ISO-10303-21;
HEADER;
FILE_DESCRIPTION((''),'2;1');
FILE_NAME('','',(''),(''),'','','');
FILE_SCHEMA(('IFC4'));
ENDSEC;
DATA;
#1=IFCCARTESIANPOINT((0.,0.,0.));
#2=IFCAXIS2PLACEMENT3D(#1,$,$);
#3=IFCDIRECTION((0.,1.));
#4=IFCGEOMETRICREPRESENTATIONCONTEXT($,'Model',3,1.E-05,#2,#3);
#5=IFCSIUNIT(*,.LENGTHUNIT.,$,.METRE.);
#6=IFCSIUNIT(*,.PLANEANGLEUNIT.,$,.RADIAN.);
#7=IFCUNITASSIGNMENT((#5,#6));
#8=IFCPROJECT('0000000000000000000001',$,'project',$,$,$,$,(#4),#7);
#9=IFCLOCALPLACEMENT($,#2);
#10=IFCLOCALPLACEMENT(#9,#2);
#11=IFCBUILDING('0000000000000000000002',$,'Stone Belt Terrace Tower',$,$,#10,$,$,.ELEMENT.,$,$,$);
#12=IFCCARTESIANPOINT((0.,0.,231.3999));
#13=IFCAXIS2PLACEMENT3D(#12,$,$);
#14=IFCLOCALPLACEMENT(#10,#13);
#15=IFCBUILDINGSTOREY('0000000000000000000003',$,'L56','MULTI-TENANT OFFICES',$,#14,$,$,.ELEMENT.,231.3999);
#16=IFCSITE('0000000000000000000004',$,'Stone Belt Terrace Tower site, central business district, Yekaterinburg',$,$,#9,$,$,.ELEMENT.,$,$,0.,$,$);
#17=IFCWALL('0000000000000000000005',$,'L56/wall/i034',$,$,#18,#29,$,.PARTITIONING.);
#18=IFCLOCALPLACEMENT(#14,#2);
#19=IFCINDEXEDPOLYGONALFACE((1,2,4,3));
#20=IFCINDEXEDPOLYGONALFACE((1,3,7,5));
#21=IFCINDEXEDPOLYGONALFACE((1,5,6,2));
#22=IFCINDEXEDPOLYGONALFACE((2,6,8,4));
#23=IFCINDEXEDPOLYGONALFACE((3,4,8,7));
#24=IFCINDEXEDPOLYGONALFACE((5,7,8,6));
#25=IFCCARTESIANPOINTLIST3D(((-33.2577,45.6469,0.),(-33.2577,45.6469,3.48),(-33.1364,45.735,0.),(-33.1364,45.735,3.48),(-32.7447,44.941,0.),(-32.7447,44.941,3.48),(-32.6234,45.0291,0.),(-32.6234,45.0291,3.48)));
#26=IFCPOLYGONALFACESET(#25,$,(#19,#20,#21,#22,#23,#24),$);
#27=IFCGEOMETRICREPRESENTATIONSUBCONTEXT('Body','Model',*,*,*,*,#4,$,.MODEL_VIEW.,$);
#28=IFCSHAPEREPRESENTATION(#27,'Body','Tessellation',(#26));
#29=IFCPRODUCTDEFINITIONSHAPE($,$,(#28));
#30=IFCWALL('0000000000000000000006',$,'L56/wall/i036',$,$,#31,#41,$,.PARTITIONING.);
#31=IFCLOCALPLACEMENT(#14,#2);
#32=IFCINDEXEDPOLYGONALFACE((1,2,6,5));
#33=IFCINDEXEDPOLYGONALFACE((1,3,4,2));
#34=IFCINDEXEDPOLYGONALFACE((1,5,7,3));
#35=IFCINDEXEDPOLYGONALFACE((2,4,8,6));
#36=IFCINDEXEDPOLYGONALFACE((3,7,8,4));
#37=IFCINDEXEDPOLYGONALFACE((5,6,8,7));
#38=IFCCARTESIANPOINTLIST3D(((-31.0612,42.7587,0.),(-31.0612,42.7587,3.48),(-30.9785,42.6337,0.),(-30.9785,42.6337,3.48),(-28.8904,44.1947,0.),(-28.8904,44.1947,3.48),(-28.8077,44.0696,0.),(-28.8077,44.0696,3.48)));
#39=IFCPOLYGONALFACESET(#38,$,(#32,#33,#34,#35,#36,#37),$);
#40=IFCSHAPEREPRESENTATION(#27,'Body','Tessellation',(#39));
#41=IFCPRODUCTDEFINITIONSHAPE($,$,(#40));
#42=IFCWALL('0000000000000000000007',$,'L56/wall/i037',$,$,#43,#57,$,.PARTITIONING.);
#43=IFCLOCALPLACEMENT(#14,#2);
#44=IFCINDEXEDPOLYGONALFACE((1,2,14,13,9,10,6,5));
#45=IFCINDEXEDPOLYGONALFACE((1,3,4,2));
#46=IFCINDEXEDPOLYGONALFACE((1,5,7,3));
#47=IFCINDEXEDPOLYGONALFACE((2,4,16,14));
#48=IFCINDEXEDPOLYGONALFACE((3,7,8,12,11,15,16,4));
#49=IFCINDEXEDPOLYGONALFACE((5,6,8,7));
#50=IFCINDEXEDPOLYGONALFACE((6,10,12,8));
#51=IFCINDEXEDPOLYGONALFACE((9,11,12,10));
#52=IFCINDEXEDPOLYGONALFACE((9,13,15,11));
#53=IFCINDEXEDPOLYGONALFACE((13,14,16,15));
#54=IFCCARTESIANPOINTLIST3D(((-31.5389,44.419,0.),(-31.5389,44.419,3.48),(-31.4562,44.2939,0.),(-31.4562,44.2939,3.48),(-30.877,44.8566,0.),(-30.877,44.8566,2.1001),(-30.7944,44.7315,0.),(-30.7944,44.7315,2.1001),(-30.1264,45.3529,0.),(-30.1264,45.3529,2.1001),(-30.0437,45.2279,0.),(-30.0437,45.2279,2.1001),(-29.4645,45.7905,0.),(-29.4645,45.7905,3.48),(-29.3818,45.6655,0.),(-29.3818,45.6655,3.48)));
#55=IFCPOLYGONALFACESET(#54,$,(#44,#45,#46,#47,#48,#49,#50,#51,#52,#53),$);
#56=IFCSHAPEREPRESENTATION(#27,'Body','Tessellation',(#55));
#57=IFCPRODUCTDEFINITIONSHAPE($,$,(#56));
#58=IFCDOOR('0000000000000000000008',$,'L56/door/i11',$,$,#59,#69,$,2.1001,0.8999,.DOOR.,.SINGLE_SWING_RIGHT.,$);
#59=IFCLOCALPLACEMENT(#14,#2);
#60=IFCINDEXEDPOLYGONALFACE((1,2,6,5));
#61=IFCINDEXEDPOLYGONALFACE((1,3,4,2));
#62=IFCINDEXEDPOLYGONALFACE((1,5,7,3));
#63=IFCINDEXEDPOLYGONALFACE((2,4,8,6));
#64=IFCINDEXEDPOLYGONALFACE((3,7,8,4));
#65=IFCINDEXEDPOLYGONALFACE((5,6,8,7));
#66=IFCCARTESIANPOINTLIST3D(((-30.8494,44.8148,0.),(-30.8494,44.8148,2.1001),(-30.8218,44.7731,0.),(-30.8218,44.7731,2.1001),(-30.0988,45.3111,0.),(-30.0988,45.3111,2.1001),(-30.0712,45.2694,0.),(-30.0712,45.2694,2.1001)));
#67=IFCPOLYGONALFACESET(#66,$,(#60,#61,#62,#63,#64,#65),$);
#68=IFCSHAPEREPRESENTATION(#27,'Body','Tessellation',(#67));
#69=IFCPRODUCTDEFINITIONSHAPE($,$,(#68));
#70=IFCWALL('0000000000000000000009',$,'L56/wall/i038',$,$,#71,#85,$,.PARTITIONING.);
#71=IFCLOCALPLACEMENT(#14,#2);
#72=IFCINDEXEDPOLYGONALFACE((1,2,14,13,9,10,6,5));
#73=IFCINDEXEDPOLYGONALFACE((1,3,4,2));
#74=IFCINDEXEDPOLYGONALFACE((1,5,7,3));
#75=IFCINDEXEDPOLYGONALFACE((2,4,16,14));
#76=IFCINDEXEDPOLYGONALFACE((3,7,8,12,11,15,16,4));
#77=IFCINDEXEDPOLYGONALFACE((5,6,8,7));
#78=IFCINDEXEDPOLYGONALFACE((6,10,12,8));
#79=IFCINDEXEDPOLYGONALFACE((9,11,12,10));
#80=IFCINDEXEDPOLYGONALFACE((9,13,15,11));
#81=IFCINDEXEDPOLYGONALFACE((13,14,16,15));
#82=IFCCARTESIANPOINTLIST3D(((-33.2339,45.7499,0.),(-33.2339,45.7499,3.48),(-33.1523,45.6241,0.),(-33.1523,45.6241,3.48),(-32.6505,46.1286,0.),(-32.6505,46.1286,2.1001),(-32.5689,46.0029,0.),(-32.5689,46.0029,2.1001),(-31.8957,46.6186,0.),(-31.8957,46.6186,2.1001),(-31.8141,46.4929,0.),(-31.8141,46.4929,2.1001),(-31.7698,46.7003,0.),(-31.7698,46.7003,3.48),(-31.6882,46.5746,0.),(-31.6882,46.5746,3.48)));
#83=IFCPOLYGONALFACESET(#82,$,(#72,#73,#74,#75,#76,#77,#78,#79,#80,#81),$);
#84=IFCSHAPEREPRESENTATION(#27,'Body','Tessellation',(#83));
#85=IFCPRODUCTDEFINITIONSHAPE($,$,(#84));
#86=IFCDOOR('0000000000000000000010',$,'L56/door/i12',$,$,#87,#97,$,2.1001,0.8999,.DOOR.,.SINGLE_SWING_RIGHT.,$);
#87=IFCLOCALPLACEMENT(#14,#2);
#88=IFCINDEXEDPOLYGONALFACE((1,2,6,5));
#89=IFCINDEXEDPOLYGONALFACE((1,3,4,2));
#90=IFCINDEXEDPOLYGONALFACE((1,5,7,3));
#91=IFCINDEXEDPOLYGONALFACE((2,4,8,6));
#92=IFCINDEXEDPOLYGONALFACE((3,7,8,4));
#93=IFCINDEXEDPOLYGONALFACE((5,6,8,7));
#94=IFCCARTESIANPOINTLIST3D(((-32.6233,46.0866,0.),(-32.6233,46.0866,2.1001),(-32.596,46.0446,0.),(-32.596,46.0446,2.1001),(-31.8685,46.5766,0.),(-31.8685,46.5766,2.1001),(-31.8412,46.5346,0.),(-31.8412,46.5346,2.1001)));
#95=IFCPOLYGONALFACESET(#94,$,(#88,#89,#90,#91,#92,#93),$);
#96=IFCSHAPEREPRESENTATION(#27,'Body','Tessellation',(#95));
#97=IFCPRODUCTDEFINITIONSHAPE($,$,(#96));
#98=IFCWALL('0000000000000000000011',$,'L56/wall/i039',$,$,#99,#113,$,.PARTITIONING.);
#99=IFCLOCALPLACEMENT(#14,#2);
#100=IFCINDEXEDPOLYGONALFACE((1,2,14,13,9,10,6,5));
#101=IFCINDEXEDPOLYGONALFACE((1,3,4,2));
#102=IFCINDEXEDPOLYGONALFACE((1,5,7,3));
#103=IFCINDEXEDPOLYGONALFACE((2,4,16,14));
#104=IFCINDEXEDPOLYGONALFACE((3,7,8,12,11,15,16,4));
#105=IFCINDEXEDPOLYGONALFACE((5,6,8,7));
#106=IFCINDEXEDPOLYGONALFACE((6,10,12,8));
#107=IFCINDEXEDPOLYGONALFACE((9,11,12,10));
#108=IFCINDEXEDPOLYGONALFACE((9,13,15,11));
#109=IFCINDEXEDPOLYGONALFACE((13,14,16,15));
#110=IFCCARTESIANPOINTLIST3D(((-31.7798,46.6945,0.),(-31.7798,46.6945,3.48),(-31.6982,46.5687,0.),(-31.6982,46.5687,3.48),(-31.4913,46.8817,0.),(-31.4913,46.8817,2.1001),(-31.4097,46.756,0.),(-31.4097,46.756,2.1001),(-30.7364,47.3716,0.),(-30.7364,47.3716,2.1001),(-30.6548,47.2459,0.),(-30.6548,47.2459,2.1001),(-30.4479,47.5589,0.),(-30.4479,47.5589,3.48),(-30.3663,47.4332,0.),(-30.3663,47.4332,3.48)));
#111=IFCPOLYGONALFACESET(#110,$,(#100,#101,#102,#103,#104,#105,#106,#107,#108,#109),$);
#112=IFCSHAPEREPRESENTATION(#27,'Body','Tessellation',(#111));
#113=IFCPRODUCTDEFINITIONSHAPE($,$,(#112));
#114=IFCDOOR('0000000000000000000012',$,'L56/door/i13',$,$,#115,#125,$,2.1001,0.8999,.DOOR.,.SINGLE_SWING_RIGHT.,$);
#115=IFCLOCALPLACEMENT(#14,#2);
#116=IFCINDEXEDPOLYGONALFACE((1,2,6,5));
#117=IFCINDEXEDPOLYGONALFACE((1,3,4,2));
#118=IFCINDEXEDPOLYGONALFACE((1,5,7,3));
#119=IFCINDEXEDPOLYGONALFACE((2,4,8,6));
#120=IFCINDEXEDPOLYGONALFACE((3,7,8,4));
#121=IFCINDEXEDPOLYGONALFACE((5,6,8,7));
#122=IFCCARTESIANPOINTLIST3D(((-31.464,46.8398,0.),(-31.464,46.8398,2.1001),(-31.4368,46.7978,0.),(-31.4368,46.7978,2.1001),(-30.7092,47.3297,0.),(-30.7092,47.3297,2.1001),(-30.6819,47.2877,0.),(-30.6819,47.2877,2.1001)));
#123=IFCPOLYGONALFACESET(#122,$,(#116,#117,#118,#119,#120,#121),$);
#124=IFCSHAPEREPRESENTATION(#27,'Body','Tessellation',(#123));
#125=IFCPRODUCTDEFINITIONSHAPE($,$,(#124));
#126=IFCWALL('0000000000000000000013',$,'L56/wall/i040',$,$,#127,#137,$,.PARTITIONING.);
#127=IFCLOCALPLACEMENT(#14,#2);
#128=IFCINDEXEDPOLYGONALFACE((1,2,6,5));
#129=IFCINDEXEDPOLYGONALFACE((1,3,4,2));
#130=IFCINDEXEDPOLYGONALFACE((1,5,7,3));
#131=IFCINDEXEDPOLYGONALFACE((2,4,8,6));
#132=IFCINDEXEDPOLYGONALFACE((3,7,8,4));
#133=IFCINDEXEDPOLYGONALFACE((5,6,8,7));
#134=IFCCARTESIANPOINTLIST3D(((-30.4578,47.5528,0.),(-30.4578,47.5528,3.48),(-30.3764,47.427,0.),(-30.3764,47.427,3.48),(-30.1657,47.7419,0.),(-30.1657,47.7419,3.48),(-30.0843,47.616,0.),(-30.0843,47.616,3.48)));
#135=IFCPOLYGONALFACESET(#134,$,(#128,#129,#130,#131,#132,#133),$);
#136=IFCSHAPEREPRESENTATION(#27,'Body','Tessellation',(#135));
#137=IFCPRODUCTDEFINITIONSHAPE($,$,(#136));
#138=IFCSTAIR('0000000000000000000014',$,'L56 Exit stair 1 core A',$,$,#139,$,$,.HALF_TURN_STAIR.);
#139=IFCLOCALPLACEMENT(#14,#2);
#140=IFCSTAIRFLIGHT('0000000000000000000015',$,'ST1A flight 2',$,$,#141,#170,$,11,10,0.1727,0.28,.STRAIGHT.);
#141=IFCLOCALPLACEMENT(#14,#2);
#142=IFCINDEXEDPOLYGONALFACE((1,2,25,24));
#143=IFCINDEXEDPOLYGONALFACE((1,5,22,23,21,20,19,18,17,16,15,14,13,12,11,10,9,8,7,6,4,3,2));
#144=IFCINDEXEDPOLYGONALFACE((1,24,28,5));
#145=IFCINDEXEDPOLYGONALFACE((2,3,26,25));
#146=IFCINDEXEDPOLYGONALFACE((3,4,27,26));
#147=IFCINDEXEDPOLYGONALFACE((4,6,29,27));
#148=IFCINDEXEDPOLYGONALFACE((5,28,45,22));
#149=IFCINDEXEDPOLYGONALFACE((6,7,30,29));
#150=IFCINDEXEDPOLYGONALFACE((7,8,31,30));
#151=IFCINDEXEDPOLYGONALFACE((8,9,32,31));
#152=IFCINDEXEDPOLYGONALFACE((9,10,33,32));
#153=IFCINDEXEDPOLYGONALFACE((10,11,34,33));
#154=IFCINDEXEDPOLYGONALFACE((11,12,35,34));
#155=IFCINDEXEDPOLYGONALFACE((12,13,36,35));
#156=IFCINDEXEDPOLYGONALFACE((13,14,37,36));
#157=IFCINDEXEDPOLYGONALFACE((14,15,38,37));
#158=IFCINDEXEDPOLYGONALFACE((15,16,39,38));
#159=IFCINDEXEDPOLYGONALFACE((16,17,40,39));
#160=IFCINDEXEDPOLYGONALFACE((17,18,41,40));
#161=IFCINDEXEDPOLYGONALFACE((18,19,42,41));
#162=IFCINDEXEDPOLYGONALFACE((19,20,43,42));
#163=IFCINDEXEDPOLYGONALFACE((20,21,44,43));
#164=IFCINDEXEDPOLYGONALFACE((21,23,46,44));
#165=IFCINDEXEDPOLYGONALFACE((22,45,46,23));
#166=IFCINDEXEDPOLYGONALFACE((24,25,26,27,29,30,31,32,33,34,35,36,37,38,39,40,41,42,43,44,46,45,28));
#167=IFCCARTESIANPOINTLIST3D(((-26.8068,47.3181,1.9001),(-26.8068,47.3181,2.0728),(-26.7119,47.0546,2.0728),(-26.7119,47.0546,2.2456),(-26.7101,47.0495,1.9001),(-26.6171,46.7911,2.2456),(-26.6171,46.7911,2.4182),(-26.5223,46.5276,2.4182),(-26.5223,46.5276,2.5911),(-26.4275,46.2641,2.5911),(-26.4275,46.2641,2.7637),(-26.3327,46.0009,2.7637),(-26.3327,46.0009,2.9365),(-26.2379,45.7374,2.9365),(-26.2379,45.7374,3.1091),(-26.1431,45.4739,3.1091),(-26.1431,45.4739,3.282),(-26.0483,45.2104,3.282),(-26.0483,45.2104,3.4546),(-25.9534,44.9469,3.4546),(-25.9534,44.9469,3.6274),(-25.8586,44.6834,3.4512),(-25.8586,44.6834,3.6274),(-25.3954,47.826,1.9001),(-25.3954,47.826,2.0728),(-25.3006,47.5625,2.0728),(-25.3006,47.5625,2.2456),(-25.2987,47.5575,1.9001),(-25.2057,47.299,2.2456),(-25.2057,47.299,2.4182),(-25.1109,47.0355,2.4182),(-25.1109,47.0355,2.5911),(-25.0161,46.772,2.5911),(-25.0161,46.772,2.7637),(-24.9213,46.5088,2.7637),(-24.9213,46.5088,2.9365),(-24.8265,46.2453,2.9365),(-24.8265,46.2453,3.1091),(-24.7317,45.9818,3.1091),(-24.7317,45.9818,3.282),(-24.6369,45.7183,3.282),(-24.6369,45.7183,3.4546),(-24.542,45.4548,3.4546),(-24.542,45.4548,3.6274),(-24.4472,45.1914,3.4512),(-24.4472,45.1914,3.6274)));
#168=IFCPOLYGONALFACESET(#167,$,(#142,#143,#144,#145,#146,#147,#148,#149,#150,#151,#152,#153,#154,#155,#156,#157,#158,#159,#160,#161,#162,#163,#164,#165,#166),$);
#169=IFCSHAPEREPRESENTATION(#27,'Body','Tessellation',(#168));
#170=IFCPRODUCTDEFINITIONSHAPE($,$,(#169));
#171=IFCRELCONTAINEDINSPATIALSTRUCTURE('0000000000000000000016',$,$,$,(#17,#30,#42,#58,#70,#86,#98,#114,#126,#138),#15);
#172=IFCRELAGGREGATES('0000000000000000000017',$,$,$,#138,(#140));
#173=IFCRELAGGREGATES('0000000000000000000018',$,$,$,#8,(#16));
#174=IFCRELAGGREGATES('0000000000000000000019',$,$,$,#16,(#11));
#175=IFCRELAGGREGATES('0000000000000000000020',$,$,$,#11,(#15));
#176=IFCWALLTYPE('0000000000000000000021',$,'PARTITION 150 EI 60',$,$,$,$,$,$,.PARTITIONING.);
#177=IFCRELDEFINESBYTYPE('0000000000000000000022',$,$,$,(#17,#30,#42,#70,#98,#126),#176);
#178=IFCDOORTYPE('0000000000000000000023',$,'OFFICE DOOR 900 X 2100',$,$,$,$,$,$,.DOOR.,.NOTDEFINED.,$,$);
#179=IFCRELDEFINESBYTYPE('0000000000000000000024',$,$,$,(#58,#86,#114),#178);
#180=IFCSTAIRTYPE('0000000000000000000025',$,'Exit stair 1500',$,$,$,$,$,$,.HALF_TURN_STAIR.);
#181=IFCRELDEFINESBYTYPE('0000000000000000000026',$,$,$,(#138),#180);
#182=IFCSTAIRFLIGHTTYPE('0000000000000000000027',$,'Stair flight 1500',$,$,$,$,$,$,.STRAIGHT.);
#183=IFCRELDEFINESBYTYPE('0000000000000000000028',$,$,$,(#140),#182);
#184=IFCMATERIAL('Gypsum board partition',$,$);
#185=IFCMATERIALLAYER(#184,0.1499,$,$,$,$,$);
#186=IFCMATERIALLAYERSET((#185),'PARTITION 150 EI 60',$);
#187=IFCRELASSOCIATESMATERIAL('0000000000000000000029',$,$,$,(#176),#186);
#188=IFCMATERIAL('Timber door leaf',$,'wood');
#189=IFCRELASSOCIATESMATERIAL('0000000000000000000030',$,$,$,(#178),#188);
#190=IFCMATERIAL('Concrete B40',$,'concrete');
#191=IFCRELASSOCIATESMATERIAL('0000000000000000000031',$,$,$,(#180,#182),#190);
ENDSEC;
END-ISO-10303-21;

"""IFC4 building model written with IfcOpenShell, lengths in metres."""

from ifc_helpers import new_model, si_unit, direction, frame, frame_2d, origin, place, context, subcontext, project, spatial, polyline, rectangle, outline, extrude, material, layer, layer_set, type_object, element, fill, aggregate, save


model = new_model("IFC4")

# Units and contexts
model_context = context("Model", 3, precision=1e-05, world=origin(), true_north=direction((0.0, 1.0)))
body_context = subcontext(model_context, "Body", "Model", "MODEL_VIEW")
ifc_project = project(units=[si_unit("LENGTHUNIT", "METRE"), si_unit("PLANEANGLEUNIT", "RADIAN")], contexts=[model_context])

# Site, building, storey
site_placement = place(None, origin())
site = spatial("IfcSite", under=ifc_project, at=site_placement, Name="Stone Belt Terrace Tower site, central business district, Yekaterinburg", CompositionType="ELEMENT", RefElevation=0.0)
building_placement = place(site_placement, origin())
building = spatial("IfcBuilding", under=site, at=building_placement, Name="Stone Belt Terrace Tower", CompositionType="ELEMENT")
storey_placement = place(building_placement, frame((0.0, 0.0, 231.3999)))
storey = spatial("IfcBuildingStorey", under=building, at=storey_placement, Name="L56", Description="MULTI-TENANT OFFICES", CompositionType="ELEMENT", Elevation=231.3999)

# Shared definitions
ifc_material_1 = material(Name="Timber door leaf", Category="wood")

# Shared definitions
ifc_material_2 = material(Name="Gypsum board partition")
ifc_layer_1 = layer(ifc_material_2, 0.1499)
ifc_layer_set_1 = layer_set([ifc_layer_1], Name="PARTITION 150 EI 60")
wall_type_1 = type_object("IfcWallType", Name="PARTITION 150 EI 60", PredefinedType="PARTITIONING", material=ifc_layer_set_1)

# Shared definitions
door_type_1 = type_object("IfcDoorType", Name="OFFICE DOOR 900 X 2100", OperationType="NOTDEFINED", PredefinedType="DOOR", material=ifc_material_1)

# Walls
wall_1_placement = place(storey_placement, frame((-33.197, 45.6909, 0.0), z_axis=(0.0, 0.0, 1.0), x_axis=(0.587889, -0.808942, 0.0)))
element("IfcWall", 1, at=wall_1_placement, inside=storey, type_object=wall_type_1, Name="L56/wall/i034", PredefinedType="PARTITIONING", context=body_context, shape_type="SweptSolid", body=[
    extrude(rectangle(XDim=0.8726, YDim=0.1499, at=frame_2d((0.4363, 0.0))), origin(), (0.0, 0.0, 1.0), 3.48),
])
wall_2_placement = place(storey_placement, frame((-28.8491, 44.1321, 0.0), z_axis=(0.0, 0.0, 1.0), x_axis=(-0.834036, -0.55171, 0.0)))
element("IfcWall", 2, at=wall_2_placement, inside=storey, type_object=wall_type_1, Name="L56/wall/i036", PredefinedType="PARTITIONING", context=body_context, shape_type="SweptSolid", body=[
    extrude(rectangle(XDim=2.6028, YDim=0.1499, at=frame_2d((1.3013, 0.0))), origin(), (0.0, 0.0, 1.0), 3.48),
])

# Walls, openings, doors
wall_3_placement = place(storey_placement, frame((-31.4976, 44.3564, 0.0), z_axis=(0.0, 0.0, 1.0), x_axis=(0.834159, 0.551524, 0.0)))
wall_3 = element("IfcWall", 3, at=wall_3_placement, inside=storey, type_object=wall_type_1, Name="L56/wall/i037", PredefinedType="PARTITIONING", context=body_context, shape_type="SweptSolid", body=[
    extrude(rectangle(XDim=2.4868, YDim=0.1499, at=frame_2d((1.2434, 0.0))), origin(), (0.0, 0.0, 1.0), 3.48),
])
opening_1_placement = place(wall_3_placement, frame((0.7935, 0.0, 0.0)))
opening_1 = element("IfcOpeningElement", 4, at=opening_1_placement, cuts=wall_3, PredefinedType="OPENING", context=body_context, shape_type="SweptSolid", body=[
    extrude(rectangle(XDim=0.8999, YDim=2.1001, at=frame_2d((0.45, 1.05))), frame((0.0, 0.085, 0.0), z_axis=(0.0, -1.0, 0.0), x_axis=(1.0, 0.0, 0.0)), (0.0, 0.0, 1.0), 0.1699),
])
door_1_placement = place(opening_1_placement, origin())
door_1 = element("IfcDoor", 5, at=door_1_placement, inside=storey, type_object=door_type_1, Name="L56/door/i11", OperationType="SINGLE_SWING_RIGHT", OverallHeight=2.1001, OverallWidth=0.8999, PredefinedType="DOOR", context=body_context, shape_type="SweptSolid", body=[
    extrude(rectangle(XDim=0.8999, YDim=2.1001, at=frame_2d((0.45, 1.05))), frame((0.0, 0.0249, 0.0), z_axis=(0.0, -1.0, 0.0), x_axis=(1.0, 0.0, 0.0)), (0.0, 0.0, 1.0), 0.05),
])
fill(opening_1, door_1)
wall_4_placement = place(storey_placement, frame((-33.1931, 45.687, 0.0), z_axis=(0.0, 0.0, 1.0), x_axis=(0.838766, 0.544492, 0.0)))
wall_4 = element("IfcWall", 6, at=wall_4_placement, inside=storey, type_object=wall_type_1, Name="L56/wall/i038", PredefinedType="PARTITIONING", context=body_context, shape_type="SweptSolid", body=[
    extrude(rectangle(XDim=1.7456, YDim=0.1499, at=frame_2d((0.8728, 0.0))), origin(), (0.0, 0.0, 1.0), 3.48),
])
opening_2_placement = place(wall_4_placement, frame((0.6956, 0.0, 0.0)))
opening_2 = element("IfcOpeningElement", 7, at=opening_2_placement, cuts=wall_4, PredefinedType="OPENING", context=body_context, shape_type="SweptSolid", body=[
    extrude(rectangle(XDim=0.8999, YDim=2.1001, at=frame_2d((0.45, 1.05))), frame((0.0, 0.085, 0.0), z_axis=(0.0, -1.0, 0.0), x_axis=(1.0, 0.0, 0.0)), (0.0, 0.0, 1.0), 0.1699),
])
door_2_placement = place(opening_2_placement, origin())
door_2 = element("IfcDoor", 8, at=door_2_placement, inside=storey, type_object=door_type_1, Name="L56/door/i12", OperationType="SINGLE_SWING_RIGHT", OverallHeight=2.1001, OverallWidth=0.8999, PredefinedType="DOOR", context=body_context, shape_type="SweptSolid", body=[
    extrude(rectangle(XDim=0.8999, YDim=2.1001, at=frame_2d((0.45, 1.05))), frame((0.0, 0.0249, 0.0), z_axis=(0.0, -1.0, 0.0), x_axis=(1.0, 0.0, 0.0)), (0.0, 0.0, 1.0), 0.05),
])
fill(opening_2, door_2)
wall_5_placement = place(storey_placement, frame((-31.739, 46.6316, 0.0), z_axis=(0.0, 0.0, 1.0), x_axis=(0.838823, 0.544405, 0.0)))
wall_5 = element("IfcWall", 9, at=wall_5_placement, inside=storey, type_object=wall_type_1, Name="L56/wall/i039", PredefinedType="PARTITIONING", context=body_context, shape_type="SweptSolid", body=[
    extrude(rectangle(XDim=1.5879, YDim=0.1499, at=frame_2d((0.7939, 0.0))), origin(), (0.0, 0.0, 1.0), 3.48),
])
opening_3_placement = place(wall_5_placement, frame((0.344, 0.0, 0.0)))
opening_3 = element("IfcOpeningElement", 10, at=opening_3_placement, cuts=wall_5, PredefinedType="OPENING", context=body_context, shape_type="SweptSolid", body=[
    extrude(rectangle(XDim=0.8999, YDim=2.1001, at=frame_2d((0.45, 1.05))), frame((0.0, 0.085, 0.0), z_axis=(0.0, -1.0, 0.0), x_axis=(1.0, 0.0, 0.0)), (0.0, 0.0, 1.0), 0.1699),
])
door_3_placement = place(opening_3_placement, origin())
door_3 = element("IfcDoor", 11, at=door_3_placement, inside=storey, type_object=door_type_1, Name="L56/door/i13", OperationType="SINGLE_SWING_RIGHT", OverallHeight=2.1001, OverallWidth=0.8999, PredefinedType="DOOR", context=body_context, shape_type="SweptSolid", body=[
    extrude(rectangle(XDim=0.8999, YDim=2.1001, at=frame_2d((0.45, 1.05))), frame((0.0, 0.0249, 0.0), z_axis=(0.0, -1.0, 0.0), x_axis=(1.0, 0.0, 0.0)), (0.0, 0.0, 1.0), 0.05),
])
fill(opening_3, door_3)

# Wall
wall_6_placement = place(storey_placement, frame((-30.417, 47.49, 0.0), z_axis=(0.0, 0.0, 1.0), x_axis=(0.839532, 0.543309, 0.0)))
element("IfcWall", 12, at=wall_6_placement, inside=storey, type_object=wall_type_1, Name="L56/wall/i040", PredefinedType="PARTITIONING", context=body_context, shape_type="SweptSolid", body=[
    extrude(rectangle(XDim=0.3479, YDim=0.1499, at=frame_2d((0.1738, 0.0))), origin(), (0.0, 0.0, 1.0), 3.48),
])

# Stair, stair flight
ifc_material_3 = material(Name="Concrete B40", Category="concrete")
stair_type = type_object("IfcStairType", Name="Exit stair 1500", PredefinedType="HALF_TURN_STAIR", material=ifc_material_3)
stair_placement = place(storey_placement, origin())
stair = element("IfcStair", 13, at=stair_placement, inside=storey, type_object=stair_type, Name="L56 Exit stair 1 core A", PredefinedType="HALF_TURN_STAIR")
stair_flight_type = type_object("IfcStairFlightType", Name="Stair flight 1500", PredefinedType="STRAIGHT", material=ifc_material_3)
stair_flight_placement = place(storey_placement, frame((-26.1011, 47.572, 1.9001), z_axis=(0.0, 0.0, 1.0), x_axis=(0.338624, -0.940922, 0.0)))
stair_flight = element("IfcStairFlight", 14, at=stair_flight_placement, type_object=stair_flight_type, Name="ST1A flight 2", NumberOfRisers=11, NumberOfTreads=10, PredefinedType="STRAIGHT", RiserHeight=0.1727, TreadLength=0.28, context=body_context, shape_type="SweptSolid", body=[
    extrude(outline(polyline([(0.0, 0.0), (0.0, 0.1726), (0.28, 0.1726), (0.28, 0.3455), (0.5601, 0.3455), (0.5601, 0.5181), (0.8401, 0.5181), (0.8401, 0.6909), (1.1201, 0.6909), (1.1201, 0.8635), (1.3999, 0.8635), (1.3999, 1.0364), (1.6799, 1.0364), (1.6799, 1.209), (1.96, 1.209), (1.96, 1.3818), (2.24, 1.3818), (2.24, 1.5544), (2.52, 1.5544), (2.52, 1.7273), (2.8, 1.7273), (2.8, 1.8999), (2.8, 1.551), (0.2854, 0.0), (0.0, 0.0)])), frame((0.0, 0.75, 0.0), z_axis=(0.0, -1.0, 0.0), x_axis=(1.0, 0.0, 0.0)), (0.0, 0.0, 1.0), 1.5),
])
aggregate(stair, [stair_flight])

save(model, "model.ifc")
